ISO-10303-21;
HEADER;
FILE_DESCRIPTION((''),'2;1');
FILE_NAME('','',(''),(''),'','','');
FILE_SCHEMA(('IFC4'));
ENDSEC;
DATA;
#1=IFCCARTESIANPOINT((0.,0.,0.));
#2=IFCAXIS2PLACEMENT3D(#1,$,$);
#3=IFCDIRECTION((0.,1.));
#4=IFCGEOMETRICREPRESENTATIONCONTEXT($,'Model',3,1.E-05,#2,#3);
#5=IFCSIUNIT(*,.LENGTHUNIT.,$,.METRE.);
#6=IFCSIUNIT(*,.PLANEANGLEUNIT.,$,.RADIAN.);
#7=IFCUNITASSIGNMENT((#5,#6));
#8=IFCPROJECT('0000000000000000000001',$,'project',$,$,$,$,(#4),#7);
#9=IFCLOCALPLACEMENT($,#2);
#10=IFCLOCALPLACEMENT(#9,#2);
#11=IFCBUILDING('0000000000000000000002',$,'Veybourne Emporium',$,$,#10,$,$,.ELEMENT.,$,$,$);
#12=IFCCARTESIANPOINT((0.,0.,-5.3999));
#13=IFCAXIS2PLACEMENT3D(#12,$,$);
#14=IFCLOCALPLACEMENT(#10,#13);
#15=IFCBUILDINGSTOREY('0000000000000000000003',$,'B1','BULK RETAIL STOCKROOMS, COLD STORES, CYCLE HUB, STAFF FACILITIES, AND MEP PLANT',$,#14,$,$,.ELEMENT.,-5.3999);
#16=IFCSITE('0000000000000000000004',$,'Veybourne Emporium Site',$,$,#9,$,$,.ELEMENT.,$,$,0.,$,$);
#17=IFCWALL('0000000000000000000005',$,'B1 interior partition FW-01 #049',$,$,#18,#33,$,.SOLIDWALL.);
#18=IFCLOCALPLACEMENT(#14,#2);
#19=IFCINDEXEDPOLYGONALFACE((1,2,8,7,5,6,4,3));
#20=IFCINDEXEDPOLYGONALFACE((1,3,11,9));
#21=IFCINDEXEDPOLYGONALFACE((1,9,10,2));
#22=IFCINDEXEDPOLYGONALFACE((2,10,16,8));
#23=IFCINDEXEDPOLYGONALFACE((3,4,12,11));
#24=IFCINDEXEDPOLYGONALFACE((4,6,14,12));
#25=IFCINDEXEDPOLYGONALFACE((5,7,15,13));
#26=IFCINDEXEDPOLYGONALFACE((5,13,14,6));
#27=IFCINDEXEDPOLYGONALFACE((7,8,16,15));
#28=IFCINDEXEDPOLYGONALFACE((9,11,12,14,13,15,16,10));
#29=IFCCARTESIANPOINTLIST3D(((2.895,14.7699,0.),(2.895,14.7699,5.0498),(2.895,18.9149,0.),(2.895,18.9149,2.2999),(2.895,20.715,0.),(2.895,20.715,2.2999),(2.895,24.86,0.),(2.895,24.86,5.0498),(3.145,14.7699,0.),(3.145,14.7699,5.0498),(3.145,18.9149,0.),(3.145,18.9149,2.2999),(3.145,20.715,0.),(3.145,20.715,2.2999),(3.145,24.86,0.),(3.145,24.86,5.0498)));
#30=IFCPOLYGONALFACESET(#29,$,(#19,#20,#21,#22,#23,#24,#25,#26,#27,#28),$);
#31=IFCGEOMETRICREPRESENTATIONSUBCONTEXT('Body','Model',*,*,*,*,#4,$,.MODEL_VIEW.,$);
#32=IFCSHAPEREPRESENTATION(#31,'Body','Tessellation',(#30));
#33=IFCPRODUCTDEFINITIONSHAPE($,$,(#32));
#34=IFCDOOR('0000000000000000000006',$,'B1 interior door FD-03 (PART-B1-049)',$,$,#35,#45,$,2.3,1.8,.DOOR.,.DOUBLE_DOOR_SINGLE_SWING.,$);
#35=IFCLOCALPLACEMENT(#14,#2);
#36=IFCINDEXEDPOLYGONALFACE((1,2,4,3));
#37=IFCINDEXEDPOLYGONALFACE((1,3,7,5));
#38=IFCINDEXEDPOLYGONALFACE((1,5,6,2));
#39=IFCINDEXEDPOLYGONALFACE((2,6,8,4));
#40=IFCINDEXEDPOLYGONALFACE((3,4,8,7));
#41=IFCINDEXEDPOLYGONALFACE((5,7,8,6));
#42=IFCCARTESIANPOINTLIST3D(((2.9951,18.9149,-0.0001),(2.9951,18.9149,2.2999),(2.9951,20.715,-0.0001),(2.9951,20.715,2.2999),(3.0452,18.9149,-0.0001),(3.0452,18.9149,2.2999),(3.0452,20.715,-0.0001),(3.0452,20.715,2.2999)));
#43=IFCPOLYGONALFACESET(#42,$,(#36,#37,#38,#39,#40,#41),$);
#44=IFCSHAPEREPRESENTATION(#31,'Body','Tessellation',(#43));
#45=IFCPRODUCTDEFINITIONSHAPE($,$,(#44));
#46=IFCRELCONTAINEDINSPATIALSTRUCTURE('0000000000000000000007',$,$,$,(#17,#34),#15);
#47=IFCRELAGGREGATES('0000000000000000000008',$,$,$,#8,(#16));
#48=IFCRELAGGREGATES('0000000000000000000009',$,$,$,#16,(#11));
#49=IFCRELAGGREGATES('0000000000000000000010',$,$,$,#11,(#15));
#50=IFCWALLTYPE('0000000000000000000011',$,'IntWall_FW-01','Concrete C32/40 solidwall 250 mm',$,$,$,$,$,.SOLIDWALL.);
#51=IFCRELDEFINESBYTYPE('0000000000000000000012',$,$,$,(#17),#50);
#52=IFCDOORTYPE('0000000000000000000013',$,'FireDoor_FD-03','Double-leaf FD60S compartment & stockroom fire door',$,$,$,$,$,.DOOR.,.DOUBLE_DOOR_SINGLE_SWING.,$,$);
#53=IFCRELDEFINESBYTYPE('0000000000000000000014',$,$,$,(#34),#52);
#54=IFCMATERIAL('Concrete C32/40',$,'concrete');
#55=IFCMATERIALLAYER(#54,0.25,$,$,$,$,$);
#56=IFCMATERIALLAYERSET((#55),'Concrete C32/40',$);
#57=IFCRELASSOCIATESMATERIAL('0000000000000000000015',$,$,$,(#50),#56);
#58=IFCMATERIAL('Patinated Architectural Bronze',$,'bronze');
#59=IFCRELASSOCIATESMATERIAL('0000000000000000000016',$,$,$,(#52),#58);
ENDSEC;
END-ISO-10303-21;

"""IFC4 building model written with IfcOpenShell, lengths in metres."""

from ifc_helpers import new_model, si_unit, direction, frame, frame_2d, origin, place, context, subcontext, project, spatial, rectangle, extrude, material, layer, layer_set, type_object, element, fill, save


model = new_model("IFC4")

# Units and contexts
model_context = context("Model", 3, precision=1e-05, world=origin(), true_north=direction((0.0, 1.0)))
body_context = subcontext(model_context, "Body", "Model", "MODEL_VIEW")
ifc_project = project(units=[si_unit("LENGTHUNIT", "METRE"), si_unit("PLANEANGLEUNIT", "RADIAN")], contexts=[model_context])

# Site, building, storey
site_placement = place(None, origin())
site = spatial("IfcSite", under=ifc_project, at=site_placement, Name="Veybourne Emporium Site", CompositionType="ELEMENT", RefElevation=0.0)
building_placement = place(site_placement, origin())
building = spatial("IfcBuilding", under=site, at=building_placement, Name="Veybourne Emporium", CompositionType="ELEMENT")
storey_placement = place(building_placement, frame((0.0, 0.0, -5.3999)))
storey = spatial("IfcBuildingStorey", under=building, at=storey_placement, Name="B1", Description="BULK RETAIL STOCKROOMS, COLD STORES, CYCLE HUB, STAFF FACILITIES, AND MEP PLANT", CompositionType="ELEMENT", Elevation=-5.3999)

# Shared definitions
ifc_material_1 = material(Name="Concrete C32/40", Category="concrete")

# Wall, opening, door
ifc_layer_1 = layer(ifc_material_1, 0.25)
ifc_layer_set_1 = layer_set([ifc_layer_1], Name="Concrete C32/40")
wall_type_1 = type_object("IfcWallType", Name="IntWall_FW-01", Description="Concrete C32/40 solidwall 250 mm", PredefinedType="SOLIDWALL", material=ifc_layer_set_1)
wall_1_placement = place(storey_placement, frame((3.02, 14.77, 0.0), z_axis=(0.0, 0.0, 1.0), x_axis=(0.0, 1.0, 0.0)))
wall_1 = element("IfcWall", 1, at=wall_1_placement, inside=storey, type_object=wall_type_1, Name="B1 interior partition FW-01 #049", PredefinedType="SOLIDWALL", context=body_context, shape_type="SweptSolid", body=[
    extrude(rectangle(XDim=10.0901, YDim=0.25, at=frame_2d((5.0449, 0.0))), origin(), (0.0, 0.0, 1.0), 5.0498),
])
opening_placement = place(wall_1_placement, frame((4.145, 0.0, 0.0)))
opening = element("IfcOpeningElement", 2, at=opening_placement, cuts=wall_1, PredefinedType="OPENING", context=body_context, shape_type="SweptSolid", body=[
    extrude(rectangle(XDim=1.8, YDim=2.3, at=frame_2d((0.8999, 1.1499))), frame((0.0, 0.145, 0.0), z_axis=(0.0, -1.0, 0.0), x_axis=(1.0, 0.0, 0.0)), (0.0, 0.0, 1.0), 0.29),
])
ifc_material_2 = material(Name="Patinated Architectural Bronze", Category="bronze")
door_type = type_object("IfcDoorType", Name="FireDoor_FD-03", Description="Double-leaf FD60S compartment & stockroom fire door", OperationType="DOUBLE_DOOR_SINGLE_SWING", PredefinedType="DOOR", material=ifc_material_2)
door_placement = place(opening_placement, origin())
door = element("IfcDoor", 3, at=door_placement, inside=storey, type_object=door_type, Name="B1 interior door FD-03 (PART-B1-049)", OperationType="DOUBLE_DOOR_SINGLE_SWING", OverallHeight=2.3, OverallWidth=1.8, PredefinedType="DOOR", context=body_context, shape_type="SweptSolid", body=[
    extrude(rectangle(XDim=1.8, YDim=2.3, at=frame_2d((0.8999, 1.1499))), frame((0.0, 0.0249, 0.0), z_axis=(0.0, -1.0, 0.0), x_axis=(1.0, 0.0, 0.0)), (0.0, 0.0, 1.0), 0.05),
])
fill(opening, door)

save(model, "model.ifc")
